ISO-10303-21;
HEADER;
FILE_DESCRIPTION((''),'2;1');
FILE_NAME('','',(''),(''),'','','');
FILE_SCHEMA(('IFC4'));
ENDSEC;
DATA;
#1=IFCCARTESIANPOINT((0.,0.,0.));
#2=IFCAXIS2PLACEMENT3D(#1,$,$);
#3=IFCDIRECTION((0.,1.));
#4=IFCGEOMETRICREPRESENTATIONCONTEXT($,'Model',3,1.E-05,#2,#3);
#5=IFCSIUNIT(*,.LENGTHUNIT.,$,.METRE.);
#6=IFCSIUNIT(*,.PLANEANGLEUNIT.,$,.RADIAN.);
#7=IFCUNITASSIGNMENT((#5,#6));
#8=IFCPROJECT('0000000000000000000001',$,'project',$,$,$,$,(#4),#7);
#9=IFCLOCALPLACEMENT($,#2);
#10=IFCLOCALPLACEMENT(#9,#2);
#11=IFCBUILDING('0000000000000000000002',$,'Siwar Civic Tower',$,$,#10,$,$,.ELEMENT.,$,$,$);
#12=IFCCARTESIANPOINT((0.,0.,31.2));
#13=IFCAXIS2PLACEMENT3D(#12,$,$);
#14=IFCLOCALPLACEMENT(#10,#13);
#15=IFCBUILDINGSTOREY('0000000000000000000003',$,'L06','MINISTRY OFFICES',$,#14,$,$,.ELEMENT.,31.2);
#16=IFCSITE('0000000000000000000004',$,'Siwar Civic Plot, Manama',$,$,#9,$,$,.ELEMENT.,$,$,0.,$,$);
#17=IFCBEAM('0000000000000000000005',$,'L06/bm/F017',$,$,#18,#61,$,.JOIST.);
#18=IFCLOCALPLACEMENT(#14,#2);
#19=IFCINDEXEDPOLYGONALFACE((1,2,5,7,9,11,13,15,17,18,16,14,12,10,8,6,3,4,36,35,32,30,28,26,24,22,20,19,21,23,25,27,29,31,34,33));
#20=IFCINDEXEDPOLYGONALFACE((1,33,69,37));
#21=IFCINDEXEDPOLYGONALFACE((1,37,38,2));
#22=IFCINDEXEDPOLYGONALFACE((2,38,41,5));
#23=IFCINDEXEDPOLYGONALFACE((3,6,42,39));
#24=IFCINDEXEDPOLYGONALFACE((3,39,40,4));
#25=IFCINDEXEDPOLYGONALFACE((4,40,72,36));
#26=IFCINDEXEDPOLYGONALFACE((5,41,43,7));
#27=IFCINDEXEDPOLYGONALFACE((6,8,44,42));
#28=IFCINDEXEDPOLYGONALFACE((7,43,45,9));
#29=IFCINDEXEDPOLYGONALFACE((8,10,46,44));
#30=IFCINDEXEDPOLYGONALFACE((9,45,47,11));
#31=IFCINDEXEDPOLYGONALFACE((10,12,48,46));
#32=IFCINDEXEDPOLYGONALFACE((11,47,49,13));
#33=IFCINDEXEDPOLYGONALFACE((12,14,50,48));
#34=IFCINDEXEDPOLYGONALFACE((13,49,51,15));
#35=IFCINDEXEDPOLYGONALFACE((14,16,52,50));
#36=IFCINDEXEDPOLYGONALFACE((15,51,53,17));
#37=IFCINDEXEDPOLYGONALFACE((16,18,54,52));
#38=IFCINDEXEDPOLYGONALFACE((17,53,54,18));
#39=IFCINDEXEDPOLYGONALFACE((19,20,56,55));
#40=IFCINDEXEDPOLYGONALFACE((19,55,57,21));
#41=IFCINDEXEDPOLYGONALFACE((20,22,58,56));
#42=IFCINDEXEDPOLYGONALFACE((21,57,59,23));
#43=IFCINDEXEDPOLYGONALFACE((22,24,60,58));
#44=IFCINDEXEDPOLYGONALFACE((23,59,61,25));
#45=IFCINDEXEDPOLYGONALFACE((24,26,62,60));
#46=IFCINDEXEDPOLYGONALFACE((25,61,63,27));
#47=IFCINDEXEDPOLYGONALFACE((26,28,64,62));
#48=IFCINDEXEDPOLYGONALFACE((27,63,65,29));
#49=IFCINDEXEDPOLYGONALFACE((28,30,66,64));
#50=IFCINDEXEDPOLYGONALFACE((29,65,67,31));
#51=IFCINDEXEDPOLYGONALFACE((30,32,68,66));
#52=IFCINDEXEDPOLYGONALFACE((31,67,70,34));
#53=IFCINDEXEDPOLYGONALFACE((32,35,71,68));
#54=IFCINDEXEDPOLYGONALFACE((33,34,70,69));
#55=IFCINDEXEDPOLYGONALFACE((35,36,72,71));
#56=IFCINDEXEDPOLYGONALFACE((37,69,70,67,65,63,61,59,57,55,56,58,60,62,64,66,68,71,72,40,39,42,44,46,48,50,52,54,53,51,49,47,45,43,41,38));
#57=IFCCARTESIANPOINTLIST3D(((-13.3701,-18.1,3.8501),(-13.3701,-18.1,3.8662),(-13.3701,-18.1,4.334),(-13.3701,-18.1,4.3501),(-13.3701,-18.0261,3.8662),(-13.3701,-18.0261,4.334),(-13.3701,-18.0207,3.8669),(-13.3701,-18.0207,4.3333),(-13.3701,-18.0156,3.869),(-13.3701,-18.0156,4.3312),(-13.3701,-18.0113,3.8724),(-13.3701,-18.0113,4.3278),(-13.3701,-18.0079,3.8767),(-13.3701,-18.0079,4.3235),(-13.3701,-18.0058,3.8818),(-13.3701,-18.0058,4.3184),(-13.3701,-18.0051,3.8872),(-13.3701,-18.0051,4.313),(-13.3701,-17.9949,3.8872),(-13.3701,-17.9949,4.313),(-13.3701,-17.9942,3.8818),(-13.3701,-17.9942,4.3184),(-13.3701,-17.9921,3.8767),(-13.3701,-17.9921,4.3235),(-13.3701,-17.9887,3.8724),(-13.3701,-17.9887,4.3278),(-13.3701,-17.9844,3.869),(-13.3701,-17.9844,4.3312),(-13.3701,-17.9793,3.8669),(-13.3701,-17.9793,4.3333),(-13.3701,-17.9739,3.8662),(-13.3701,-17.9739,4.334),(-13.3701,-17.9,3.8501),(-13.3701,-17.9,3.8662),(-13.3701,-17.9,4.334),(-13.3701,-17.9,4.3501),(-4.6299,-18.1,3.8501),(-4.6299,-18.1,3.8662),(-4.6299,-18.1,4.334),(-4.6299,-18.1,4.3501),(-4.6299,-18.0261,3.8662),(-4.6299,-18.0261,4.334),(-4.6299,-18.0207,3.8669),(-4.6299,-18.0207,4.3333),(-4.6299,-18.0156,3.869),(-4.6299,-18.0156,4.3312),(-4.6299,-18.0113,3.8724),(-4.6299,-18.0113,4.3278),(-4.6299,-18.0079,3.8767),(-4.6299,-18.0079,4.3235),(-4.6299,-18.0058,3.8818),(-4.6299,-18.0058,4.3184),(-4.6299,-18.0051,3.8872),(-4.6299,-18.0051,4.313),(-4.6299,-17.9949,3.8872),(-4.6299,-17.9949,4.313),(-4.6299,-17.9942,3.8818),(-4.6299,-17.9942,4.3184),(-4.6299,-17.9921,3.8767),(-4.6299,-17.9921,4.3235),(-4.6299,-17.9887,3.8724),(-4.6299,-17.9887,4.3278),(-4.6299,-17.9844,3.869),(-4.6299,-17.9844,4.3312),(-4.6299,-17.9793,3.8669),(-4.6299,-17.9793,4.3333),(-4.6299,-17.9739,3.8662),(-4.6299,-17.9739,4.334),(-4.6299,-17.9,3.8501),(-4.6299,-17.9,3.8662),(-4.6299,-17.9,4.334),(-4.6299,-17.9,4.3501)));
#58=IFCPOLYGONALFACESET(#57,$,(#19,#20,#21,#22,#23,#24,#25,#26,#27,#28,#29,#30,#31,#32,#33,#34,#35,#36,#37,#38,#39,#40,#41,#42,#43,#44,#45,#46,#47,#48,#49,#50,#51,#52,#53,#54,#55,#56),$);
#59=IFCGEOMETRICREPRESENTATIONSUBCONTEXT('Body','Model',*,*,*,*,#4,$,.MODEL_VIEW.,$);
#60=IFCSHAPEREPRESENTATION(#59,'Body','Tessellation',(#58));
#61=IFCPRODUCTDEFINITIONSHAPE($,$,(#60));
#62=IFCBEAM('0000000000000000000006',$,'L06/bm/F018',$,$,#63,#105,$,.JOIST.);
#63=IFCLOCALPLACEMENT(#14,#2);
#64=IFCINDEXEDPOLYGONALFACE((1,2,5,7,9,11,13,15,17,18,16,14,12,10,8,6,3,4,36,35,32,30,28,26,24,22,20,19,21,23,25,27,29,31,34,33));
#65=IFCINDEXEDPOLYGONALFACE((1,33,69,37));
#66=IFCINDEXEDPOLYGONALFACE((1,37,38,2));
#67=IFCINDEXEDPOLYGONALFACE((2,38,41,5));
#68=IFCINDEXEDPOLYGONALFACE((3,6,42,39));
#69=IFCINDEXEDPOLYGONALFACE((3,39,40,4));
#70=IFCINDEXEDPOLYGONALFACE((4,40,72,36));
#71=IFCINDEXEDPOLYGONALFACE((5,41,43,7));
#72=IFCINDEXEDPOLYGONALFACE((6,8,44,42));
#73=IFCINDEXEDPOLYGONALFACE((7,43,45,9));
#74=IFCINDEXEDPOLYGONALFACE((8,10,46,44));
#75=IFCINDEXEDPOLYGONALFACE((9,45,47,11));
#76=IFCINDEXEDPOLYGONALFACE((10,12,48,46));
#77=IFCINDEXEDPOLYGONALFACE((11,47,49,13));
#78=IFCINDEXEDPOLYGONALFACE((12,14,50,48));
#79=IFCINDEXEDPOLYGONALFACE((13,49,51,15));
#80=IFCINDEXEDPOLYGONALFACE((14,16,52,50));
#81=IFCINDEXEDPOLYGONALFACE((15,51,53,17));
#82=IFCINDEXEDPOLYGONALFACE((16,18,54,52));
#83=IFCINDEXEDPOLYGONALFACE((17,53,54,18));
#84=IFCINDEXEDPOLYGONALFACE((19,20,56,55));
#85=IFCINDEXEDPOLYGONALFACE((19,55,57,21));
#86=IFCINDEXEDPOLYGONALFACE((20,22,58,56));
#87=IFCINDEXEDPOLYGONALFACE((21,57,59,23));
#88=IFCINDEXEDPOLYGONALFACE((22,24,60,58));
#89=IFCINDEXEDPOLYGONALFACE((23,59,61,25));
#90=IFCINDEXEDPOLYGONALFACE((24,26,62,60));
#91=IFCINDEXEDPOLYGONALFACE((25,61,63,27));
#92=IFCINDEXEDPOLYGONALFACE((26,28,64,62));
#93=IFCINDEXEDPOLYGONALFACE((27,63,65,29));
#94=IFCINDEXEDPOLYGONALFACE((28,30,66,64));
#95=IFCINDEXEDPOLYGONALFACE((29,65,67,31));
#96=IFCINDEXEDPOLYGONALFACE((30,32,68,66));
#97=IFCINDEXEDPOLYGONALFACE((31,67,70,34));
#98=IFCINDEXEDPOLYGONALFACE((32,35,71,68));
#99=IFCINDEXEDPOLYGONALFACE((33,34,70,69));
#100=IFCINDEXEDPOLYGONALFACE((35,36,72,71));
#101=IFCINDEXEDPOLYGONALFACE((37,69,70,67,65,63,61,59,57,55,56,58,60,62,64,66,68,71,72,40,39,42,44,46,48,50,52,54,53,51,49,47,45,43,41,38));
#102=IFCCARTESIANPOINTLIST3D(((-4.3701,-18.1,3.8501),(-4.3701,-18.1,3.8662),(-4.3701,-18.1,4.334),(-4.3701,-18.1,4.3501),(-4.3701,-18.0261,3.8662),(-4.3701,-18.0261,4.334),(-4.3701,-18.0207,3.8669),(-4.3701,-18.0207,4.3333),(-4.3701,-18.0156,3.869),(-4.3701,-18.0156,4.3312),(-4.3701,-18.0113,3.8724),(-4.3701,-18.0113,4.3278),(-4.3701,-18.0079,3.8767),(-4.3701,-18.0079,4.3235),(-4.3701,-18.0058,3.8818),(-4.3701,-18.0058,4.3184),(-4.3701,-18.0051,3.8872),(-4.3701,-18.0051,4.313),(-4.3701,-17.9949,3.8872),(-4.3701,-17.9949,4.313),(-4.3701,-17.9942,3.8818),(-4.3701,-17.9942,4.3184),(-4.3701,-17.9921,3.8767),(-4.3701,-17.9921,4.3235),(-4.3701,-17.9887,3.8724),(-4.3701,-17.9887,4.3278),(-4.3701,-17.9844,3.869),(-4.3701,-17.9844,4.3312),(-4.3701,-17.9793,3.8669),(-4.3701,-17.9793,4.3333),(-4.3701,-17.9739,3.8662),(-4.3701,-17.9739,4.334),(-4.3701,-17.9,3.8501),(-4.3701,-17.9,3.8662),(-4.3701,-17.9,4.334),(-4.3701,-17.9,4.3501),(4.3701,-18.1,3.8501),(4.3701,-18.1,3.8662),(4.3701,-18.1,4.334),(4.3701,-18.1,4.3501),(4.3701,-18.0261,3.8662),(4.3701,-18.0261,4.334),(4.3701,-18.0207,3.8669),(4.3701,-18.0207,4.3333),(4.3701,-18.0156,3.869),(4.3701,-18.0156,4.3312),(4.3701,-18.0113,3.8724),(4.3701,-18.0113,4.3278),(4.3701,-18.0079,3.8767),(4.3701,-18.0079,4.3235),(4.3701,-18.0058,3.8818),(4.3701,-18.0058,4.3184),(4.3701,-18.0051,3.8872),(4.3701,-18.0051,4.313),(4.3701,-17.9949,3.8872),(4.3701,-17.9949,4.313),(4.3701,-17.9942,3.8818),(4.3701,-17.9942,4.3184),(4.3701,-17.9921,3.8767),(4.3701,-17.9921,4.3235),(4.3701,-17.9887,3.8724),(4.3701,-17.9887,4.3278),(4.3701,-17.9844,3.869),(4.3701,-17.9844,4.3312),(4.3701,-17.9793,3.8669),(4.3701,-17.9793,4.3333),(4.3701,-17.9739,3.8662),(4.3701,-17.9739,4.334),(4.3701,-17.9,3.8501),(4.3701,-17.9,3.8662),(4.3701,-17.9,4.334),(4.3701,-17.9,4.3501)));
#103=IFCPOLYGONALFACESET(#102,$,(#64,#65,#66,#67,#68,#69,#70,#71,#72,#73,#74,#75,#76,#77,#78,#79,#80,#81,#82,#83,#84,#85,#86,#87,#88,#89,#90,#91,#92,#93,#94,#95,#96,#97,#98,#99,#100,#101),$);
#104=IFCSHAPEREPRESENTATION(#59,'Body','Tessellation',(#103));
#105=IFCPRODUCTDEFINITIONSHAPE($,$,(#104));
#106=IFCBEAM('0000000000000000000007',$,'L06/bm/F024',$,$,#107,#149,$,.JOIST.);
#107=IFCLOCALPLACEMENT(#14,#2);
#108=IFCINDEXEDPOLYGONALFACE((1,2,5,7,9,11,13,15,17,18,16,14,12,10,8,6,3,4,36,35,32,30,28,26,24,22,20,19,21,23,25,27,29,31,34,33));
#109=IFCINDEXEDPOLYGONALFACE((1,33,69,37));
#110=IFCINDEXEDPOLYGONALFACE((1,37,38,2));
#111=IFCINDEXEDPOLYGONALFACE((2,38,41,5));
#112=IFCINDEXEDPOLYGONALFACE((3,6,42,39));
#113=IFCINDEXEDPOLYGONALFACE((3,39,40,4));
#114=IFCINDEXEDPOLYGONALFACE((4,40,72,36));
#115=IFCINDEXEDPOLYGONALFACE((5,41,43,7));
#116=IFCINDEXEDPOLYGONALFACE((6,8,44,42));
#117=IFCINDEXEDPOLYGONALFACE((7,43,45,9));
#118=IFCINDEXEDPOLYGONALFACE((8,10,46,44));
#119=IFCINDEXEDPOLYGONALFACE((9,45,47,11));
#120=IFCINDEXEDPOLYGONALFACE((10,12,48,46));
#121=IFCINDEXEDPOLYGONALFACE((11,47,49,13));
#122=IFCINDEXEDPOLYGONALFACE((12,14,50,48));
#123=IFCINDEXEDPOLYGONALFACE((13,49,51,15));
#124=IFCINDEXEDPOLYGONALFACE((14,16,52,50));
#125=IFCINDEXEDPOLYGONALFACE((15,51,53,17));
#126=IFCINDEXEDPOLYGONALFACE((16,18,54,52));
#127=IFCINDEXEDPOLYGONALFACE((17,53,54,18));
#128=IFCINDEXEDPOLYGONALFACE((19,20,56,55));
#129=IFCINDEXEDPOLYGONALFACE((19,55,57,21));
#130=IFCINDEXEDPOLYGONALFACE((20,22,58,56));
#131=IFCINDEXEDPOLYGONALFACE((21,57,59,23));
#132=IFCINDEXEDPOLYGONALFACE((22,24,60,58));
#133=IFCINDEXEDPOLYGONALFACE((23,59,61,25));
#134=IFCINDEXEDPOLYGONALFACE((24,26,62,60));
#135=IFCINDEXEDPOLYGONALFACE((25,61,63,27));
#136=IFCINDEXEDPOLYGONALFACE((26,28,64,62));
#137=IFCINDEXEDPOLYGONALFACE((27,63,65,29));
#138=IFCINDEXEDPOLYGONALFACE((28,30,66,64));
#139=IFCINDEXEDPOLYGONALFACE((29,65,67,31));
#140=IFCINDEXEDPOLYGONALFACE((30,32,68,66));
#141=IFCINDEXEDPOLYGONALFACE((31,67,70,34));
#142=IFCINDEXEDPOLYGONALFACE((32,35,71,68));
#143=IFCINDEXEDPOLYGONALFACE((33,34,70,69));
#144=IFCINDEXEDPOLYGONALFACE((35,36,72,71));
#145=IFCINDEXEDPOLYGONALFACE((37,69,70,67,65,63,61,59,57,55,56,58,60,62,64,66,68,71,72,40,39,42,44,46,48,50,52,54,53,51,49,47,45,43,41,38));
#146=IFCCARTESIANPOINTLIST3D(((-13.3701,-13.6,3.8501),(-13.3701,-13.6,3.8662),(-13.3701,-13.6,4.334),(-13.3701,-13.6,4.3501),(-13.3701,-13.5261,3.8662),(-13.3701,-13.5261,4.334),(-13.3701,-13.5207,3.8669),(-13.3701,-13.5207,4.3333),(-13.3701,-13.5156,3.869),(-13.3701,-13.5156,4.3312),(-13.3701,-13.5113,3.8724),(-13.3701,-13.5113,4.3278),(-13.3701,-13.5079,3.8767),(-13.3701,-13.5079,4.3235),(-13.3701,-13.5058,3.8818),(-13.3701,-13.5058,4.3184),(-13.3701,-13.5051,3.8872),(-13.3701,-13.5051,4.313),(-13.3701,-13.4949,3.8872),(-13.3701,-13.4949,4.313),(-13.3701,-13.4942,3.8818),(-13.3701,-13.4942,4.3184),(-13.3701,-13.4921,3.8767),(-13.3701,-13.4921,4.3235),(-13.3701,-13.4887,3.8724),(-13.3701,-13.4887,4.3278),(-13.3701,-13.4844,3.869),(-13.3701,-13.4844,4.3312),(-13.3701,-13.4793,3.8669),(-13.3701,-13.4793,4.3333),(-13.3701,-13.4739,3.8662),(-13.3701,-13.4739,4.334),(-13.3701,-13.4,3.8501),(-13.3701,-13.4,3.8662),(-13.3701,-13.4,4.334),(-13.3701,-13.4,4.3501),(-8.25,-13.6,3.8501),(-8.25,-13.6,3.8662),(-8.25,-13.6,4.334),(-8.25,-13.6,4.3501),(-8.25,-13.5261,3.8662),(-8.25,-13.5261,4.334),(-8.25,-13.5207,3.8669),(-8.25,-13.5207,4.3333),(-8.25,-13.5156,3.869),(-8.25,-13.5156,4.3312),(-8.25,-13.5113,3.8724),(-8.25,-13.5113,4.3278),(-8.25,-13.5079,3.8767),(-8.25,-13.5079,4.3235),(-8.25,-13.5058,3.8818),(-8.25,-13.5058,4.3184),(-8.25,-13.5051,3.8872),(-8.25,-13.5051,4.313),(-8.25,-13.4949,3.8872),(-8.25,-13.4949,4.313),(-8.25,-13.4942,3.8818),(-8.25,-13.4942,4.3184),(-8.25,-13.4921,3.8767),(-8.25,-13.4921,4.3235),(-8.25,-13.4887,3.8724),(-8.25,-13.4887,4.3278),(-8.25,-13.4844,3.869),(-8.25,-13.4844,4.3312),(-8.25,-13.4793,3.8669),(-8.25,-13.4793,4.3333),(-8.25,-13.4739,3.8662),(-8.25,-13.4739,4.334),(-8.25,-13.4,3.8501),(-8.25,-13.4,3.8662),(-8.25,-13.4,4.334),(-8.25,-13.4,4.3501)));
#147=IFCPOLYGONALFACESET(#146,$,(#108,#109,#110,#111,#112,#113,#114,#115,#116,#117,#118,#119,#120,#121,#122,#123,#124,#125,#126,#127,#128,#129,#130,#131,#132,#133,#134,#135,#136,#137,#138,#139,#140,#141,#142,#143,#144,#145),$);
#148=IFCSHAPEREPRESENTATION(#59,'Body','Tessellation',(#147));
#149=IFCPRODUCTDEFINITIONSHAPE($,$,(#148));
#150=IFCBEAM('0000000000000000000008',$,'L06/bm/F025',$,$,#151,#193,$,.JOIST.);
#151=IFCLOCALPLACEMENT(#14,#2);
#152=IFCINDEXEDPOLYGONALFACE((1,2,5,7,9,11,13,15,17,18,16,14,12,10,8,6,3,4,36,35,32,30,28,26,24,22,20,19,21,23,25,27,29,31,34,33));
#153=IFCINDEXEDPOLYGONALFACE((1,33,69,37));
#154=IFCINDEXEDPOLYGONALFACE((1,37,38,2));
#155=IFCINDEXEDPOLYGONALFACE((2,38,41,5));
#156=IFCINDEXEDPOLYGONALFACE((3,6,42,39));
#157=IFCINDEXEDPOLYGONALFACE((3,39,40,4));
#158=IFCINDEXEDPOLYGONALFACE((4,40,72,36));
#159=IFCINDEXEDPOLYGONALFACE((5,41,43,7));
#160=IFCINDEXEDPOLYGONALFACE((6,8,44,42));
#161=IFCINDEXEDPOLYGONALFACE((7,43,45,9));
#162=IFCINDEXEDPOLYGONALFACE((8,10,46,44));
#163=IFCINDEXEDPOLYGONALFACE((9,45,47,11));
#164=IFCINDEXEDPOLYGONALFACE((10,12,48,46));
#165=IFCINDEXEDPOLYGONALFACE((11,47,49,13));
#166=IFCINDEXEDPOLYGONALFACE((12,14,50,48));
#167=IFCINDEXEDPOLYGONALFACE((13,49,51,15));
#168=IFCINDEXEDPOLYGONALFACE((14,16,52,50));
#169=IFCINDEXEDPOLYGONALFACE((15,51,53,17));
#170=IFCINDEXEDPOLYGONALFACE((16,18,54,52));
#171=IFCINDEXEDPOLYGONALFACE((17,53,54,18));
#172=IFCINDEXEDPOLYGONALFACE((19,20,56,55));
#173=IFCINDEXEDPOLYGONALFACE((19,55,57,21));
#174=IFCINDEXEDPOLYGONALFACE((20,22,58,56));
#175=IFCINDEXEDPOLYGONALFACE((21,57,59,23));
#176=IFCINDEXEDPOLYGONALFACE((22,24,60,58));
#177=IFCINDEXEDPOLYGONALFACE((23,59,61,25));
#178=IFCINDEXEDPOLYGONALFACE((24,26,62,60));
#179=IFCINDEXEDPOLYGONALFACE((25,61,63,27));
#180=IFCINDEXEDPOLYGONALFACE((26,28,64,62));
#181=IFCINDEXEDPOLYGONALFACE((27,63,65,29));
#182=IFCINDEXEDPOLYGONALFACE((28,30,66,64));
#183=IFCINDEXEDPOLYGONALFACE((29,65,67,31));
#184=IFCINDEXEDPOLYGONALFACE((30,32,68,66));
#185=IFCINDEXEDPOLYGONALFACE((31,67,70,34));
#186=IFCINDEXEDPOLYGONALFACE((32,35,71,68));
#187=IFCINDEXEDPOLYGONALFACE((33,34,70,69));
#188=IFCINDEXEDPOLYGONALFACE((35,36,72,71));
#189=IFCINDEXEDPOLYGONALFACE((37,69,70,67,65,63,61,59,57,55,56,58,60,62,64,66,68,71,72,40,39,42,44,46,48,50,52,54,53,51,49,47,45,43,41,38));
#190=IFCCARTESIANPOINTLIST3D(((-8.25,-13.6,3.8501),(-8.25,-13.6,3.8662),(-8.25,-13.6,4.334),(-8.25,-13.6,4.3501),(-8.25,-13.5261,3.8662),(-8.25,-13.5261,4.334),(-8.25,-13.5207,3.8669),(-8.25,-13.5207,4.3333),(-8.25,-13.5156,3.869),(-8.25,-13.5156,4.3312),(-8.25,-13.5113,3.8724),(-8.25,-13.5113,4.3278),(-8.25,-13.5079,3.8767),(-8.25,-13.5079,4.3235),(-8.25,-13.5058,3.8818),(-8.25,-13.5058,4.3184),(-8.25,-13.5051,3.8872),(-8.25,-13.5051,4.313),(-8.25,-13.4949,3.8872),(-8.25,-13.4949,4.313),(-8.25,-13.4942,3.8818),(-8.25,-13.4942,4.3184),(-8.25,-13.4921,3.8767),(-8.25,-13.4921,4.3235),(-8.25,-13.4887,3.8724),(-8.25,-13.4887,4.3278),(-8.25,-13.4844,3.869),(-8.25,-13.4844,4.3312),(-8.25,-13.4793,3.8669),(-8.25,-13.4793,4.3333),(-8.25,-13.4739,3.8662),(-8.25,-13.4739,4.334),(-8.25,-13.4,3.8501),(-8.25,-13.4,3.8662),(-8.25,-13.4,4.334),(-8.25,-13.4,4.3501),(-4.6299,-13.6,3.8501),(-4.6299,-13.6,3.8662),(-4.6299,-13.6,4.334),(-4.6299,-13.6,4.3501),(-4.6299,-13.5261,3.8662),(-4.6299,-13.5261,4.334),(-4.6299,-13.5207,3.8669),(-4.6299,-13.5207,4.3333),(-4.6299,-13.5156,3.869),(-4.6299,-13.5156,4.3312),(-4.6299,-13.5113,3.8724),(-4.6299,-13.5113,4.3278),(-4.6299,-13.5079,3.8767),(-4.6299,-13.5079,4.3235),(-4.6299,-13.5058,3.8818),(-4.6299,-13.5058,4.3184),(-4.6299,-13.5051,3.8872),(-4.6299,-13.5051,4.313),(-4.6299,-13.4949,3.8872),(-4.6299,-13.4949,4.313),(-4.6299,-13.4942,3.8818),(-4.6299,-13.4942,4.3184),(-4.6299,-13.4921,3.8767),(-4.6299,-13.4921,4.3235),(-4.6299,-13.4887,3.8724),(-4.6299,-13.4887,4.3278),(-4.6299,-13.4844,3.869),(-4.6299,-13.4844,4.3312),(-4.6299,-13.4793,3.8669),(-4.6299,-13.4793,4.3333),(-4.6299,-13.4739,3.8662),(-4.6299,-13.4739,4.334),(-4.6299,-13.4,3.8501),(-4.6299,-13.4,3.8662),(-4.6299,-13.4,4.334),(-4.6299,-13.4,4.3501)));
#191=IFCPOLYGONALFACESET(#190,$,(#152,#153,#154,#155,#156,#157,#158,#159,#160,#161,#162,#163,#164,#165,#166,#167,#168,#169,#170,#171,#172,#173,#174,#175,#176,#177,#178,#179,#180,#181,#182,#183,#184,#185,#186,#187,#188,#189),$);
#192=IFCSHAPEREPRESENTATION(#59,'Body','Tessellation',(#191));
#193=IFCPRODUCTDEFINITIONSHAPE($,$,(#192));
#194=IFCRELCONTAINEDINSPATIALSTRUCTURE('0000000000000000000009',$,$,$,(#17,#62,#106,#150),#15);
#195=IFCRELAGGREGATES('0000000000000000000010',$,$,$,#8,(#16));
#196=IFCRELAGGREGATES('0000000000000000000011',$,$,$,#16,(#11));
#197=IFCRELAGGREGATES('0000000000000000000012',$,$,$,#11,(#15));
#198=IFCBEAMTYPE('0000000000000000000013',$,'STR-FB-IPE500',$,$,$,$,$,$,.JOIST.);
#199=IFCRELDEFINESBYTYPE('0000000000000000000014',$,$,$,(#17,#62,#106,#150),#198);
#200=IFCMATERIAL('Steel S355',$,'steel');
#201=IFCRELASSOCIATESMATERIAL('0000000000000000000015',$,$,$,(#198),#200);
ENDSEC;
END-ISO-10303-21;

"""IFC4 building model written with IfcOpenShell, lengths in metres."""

from ifc_helpers import new_model, si_unit, direction, frame, origin, origin_2d, place, context, subcontext, project, spatial, i_section, extrude, material, material_profile, profile_set, type_object, element, save


model = new_model("IFC4")

# Units and contexts
model_context = context("Model", 3, precision=1e-05, world=origin(), true_north=direction((0.0, 1.0)))
body_context = subcontext(model_context, "Body", "Model", "MODEL_VIEW")
ifc_project = project(units=[si_unit("LENGTHUNIT", "METRE"), si_unit("PLANEANGLEUNIT", "RADIAN")], contexts=[model_context])

# Site, building, storey
site_placement = place(None, origin())
site = spatial("IfcSite", under=ifc_project, at=site_placement, Name="Siwar Civic Plot, Manama", CompositionType="ELEMENT", RefElevation=0.0)
building_placement = place(site_placement, origin())
building = spatial("IfcBuilding", under=site, at=building_placement, Name="Siwar Civic Tower", CompositionType="ELEMENT")
storey_placement = place(building_placement, frame((0.0, 0.0, 31.2)))
storey = spatial("IfcBuildingStorey", under=building, at=storey_placement, Name="L06", Description="MINISTRY OFFICES", CompositionType="ELEMENT", Elevation=31.2)

# Beams
ifc_material_1 = material(Name="Steel S355", Category="steel")
ifc_material_profile = material_profile(ifc_material_1, i_section(OverallWidth=0.2, OverallDepth=0.5, WebThickness=0.0103, FlangeThickness=0.0161, FilletRadius=0.021, at=origin_2d()), Name="IPE500")
ifc_profile_set = profile_set([ifc_material_profile], Name="Steel S355")
beam_type = type_object("IfcBeamType", Name="STR-FB-IPE500", PredefinedType="JOIST", material=ifc_profile_set)
for number, where, z_axis, x_axis, name in (
    (1, (-13.3701, -18.0, 4.1001), (1.0, 0.0, 0.0), (0.0, 1.0, 0.0), "L06/bm/F017"),
    (2, (-4.3701, -18.0, 4.1001), (1.0, 0.0, 0.0), (0.0, 1.0, 0.0), "L06/bm/F018"),
):
    element("IfcBeam", number, at=place(storey_placement, frame(where, z_axis=z_axis, x_axis=x_axis)), inside=storey, type_object=beam_type, Name=name, PredefinedType="JOIST", context=body_context, shape_type="SweptSolid", body=[
        extrude(i_section(OverallWidth=0.2, OverallDepth=0.5, WebThickness=0.0103, FlangeThickness=0.0161, FilletRadius=0.021, at=origin_2d()), origin(), (0.0, 0.0, 1.0), 8.7402),
    ])
beam_1_placement = place(storey_placement, frame((-13.3701, -13.5, 4.1001), z_axis=(1.0, 0.0, 0.0), x_axis=(0.0, 1.0, 0.0)))
element("IfcBeam", 3, at=beam_1_placement, inside=storey, type_object=beam_type, Name="L06/bm/F024", PredefinedType="JOIST", context=body_context, shape_type="SweptSolid", body=[
    extrude(i_section(OverallWidth=0.2, OverallDepth=0.5, WebThickness=0.0103, FlangeThickness=0.0161, FilletRadius=0.021, at=origin_2d()), origin(), (0.0, 0.0, 1.0), 5.1201),
])
beam_2_placement = place(storey_placement, frame((-8.25, -13.5, 4.1001), z_axis=(1.0, 0.0, 0.0), x_axis=(0.0, 1.0, 0.0)))
element("IfcBeam", 4, at=beam_2_placement, inside=storey, type_object=beam_type, Name="L06/bm/F025", PredefinedType="JOIST", context=body_context, shape_type="SweptSolid", body=[
    extrude(i_section(OverallWidth=0.2, OverallDepth=0.5, WebThickness=0.0103, FlangeThickness=0.0161, FilletRadius=0.021, at=origin_2d()), origin(), (0.0, 0.0, 1.0), 3.6201),
])

save(model, "model.ifc")
